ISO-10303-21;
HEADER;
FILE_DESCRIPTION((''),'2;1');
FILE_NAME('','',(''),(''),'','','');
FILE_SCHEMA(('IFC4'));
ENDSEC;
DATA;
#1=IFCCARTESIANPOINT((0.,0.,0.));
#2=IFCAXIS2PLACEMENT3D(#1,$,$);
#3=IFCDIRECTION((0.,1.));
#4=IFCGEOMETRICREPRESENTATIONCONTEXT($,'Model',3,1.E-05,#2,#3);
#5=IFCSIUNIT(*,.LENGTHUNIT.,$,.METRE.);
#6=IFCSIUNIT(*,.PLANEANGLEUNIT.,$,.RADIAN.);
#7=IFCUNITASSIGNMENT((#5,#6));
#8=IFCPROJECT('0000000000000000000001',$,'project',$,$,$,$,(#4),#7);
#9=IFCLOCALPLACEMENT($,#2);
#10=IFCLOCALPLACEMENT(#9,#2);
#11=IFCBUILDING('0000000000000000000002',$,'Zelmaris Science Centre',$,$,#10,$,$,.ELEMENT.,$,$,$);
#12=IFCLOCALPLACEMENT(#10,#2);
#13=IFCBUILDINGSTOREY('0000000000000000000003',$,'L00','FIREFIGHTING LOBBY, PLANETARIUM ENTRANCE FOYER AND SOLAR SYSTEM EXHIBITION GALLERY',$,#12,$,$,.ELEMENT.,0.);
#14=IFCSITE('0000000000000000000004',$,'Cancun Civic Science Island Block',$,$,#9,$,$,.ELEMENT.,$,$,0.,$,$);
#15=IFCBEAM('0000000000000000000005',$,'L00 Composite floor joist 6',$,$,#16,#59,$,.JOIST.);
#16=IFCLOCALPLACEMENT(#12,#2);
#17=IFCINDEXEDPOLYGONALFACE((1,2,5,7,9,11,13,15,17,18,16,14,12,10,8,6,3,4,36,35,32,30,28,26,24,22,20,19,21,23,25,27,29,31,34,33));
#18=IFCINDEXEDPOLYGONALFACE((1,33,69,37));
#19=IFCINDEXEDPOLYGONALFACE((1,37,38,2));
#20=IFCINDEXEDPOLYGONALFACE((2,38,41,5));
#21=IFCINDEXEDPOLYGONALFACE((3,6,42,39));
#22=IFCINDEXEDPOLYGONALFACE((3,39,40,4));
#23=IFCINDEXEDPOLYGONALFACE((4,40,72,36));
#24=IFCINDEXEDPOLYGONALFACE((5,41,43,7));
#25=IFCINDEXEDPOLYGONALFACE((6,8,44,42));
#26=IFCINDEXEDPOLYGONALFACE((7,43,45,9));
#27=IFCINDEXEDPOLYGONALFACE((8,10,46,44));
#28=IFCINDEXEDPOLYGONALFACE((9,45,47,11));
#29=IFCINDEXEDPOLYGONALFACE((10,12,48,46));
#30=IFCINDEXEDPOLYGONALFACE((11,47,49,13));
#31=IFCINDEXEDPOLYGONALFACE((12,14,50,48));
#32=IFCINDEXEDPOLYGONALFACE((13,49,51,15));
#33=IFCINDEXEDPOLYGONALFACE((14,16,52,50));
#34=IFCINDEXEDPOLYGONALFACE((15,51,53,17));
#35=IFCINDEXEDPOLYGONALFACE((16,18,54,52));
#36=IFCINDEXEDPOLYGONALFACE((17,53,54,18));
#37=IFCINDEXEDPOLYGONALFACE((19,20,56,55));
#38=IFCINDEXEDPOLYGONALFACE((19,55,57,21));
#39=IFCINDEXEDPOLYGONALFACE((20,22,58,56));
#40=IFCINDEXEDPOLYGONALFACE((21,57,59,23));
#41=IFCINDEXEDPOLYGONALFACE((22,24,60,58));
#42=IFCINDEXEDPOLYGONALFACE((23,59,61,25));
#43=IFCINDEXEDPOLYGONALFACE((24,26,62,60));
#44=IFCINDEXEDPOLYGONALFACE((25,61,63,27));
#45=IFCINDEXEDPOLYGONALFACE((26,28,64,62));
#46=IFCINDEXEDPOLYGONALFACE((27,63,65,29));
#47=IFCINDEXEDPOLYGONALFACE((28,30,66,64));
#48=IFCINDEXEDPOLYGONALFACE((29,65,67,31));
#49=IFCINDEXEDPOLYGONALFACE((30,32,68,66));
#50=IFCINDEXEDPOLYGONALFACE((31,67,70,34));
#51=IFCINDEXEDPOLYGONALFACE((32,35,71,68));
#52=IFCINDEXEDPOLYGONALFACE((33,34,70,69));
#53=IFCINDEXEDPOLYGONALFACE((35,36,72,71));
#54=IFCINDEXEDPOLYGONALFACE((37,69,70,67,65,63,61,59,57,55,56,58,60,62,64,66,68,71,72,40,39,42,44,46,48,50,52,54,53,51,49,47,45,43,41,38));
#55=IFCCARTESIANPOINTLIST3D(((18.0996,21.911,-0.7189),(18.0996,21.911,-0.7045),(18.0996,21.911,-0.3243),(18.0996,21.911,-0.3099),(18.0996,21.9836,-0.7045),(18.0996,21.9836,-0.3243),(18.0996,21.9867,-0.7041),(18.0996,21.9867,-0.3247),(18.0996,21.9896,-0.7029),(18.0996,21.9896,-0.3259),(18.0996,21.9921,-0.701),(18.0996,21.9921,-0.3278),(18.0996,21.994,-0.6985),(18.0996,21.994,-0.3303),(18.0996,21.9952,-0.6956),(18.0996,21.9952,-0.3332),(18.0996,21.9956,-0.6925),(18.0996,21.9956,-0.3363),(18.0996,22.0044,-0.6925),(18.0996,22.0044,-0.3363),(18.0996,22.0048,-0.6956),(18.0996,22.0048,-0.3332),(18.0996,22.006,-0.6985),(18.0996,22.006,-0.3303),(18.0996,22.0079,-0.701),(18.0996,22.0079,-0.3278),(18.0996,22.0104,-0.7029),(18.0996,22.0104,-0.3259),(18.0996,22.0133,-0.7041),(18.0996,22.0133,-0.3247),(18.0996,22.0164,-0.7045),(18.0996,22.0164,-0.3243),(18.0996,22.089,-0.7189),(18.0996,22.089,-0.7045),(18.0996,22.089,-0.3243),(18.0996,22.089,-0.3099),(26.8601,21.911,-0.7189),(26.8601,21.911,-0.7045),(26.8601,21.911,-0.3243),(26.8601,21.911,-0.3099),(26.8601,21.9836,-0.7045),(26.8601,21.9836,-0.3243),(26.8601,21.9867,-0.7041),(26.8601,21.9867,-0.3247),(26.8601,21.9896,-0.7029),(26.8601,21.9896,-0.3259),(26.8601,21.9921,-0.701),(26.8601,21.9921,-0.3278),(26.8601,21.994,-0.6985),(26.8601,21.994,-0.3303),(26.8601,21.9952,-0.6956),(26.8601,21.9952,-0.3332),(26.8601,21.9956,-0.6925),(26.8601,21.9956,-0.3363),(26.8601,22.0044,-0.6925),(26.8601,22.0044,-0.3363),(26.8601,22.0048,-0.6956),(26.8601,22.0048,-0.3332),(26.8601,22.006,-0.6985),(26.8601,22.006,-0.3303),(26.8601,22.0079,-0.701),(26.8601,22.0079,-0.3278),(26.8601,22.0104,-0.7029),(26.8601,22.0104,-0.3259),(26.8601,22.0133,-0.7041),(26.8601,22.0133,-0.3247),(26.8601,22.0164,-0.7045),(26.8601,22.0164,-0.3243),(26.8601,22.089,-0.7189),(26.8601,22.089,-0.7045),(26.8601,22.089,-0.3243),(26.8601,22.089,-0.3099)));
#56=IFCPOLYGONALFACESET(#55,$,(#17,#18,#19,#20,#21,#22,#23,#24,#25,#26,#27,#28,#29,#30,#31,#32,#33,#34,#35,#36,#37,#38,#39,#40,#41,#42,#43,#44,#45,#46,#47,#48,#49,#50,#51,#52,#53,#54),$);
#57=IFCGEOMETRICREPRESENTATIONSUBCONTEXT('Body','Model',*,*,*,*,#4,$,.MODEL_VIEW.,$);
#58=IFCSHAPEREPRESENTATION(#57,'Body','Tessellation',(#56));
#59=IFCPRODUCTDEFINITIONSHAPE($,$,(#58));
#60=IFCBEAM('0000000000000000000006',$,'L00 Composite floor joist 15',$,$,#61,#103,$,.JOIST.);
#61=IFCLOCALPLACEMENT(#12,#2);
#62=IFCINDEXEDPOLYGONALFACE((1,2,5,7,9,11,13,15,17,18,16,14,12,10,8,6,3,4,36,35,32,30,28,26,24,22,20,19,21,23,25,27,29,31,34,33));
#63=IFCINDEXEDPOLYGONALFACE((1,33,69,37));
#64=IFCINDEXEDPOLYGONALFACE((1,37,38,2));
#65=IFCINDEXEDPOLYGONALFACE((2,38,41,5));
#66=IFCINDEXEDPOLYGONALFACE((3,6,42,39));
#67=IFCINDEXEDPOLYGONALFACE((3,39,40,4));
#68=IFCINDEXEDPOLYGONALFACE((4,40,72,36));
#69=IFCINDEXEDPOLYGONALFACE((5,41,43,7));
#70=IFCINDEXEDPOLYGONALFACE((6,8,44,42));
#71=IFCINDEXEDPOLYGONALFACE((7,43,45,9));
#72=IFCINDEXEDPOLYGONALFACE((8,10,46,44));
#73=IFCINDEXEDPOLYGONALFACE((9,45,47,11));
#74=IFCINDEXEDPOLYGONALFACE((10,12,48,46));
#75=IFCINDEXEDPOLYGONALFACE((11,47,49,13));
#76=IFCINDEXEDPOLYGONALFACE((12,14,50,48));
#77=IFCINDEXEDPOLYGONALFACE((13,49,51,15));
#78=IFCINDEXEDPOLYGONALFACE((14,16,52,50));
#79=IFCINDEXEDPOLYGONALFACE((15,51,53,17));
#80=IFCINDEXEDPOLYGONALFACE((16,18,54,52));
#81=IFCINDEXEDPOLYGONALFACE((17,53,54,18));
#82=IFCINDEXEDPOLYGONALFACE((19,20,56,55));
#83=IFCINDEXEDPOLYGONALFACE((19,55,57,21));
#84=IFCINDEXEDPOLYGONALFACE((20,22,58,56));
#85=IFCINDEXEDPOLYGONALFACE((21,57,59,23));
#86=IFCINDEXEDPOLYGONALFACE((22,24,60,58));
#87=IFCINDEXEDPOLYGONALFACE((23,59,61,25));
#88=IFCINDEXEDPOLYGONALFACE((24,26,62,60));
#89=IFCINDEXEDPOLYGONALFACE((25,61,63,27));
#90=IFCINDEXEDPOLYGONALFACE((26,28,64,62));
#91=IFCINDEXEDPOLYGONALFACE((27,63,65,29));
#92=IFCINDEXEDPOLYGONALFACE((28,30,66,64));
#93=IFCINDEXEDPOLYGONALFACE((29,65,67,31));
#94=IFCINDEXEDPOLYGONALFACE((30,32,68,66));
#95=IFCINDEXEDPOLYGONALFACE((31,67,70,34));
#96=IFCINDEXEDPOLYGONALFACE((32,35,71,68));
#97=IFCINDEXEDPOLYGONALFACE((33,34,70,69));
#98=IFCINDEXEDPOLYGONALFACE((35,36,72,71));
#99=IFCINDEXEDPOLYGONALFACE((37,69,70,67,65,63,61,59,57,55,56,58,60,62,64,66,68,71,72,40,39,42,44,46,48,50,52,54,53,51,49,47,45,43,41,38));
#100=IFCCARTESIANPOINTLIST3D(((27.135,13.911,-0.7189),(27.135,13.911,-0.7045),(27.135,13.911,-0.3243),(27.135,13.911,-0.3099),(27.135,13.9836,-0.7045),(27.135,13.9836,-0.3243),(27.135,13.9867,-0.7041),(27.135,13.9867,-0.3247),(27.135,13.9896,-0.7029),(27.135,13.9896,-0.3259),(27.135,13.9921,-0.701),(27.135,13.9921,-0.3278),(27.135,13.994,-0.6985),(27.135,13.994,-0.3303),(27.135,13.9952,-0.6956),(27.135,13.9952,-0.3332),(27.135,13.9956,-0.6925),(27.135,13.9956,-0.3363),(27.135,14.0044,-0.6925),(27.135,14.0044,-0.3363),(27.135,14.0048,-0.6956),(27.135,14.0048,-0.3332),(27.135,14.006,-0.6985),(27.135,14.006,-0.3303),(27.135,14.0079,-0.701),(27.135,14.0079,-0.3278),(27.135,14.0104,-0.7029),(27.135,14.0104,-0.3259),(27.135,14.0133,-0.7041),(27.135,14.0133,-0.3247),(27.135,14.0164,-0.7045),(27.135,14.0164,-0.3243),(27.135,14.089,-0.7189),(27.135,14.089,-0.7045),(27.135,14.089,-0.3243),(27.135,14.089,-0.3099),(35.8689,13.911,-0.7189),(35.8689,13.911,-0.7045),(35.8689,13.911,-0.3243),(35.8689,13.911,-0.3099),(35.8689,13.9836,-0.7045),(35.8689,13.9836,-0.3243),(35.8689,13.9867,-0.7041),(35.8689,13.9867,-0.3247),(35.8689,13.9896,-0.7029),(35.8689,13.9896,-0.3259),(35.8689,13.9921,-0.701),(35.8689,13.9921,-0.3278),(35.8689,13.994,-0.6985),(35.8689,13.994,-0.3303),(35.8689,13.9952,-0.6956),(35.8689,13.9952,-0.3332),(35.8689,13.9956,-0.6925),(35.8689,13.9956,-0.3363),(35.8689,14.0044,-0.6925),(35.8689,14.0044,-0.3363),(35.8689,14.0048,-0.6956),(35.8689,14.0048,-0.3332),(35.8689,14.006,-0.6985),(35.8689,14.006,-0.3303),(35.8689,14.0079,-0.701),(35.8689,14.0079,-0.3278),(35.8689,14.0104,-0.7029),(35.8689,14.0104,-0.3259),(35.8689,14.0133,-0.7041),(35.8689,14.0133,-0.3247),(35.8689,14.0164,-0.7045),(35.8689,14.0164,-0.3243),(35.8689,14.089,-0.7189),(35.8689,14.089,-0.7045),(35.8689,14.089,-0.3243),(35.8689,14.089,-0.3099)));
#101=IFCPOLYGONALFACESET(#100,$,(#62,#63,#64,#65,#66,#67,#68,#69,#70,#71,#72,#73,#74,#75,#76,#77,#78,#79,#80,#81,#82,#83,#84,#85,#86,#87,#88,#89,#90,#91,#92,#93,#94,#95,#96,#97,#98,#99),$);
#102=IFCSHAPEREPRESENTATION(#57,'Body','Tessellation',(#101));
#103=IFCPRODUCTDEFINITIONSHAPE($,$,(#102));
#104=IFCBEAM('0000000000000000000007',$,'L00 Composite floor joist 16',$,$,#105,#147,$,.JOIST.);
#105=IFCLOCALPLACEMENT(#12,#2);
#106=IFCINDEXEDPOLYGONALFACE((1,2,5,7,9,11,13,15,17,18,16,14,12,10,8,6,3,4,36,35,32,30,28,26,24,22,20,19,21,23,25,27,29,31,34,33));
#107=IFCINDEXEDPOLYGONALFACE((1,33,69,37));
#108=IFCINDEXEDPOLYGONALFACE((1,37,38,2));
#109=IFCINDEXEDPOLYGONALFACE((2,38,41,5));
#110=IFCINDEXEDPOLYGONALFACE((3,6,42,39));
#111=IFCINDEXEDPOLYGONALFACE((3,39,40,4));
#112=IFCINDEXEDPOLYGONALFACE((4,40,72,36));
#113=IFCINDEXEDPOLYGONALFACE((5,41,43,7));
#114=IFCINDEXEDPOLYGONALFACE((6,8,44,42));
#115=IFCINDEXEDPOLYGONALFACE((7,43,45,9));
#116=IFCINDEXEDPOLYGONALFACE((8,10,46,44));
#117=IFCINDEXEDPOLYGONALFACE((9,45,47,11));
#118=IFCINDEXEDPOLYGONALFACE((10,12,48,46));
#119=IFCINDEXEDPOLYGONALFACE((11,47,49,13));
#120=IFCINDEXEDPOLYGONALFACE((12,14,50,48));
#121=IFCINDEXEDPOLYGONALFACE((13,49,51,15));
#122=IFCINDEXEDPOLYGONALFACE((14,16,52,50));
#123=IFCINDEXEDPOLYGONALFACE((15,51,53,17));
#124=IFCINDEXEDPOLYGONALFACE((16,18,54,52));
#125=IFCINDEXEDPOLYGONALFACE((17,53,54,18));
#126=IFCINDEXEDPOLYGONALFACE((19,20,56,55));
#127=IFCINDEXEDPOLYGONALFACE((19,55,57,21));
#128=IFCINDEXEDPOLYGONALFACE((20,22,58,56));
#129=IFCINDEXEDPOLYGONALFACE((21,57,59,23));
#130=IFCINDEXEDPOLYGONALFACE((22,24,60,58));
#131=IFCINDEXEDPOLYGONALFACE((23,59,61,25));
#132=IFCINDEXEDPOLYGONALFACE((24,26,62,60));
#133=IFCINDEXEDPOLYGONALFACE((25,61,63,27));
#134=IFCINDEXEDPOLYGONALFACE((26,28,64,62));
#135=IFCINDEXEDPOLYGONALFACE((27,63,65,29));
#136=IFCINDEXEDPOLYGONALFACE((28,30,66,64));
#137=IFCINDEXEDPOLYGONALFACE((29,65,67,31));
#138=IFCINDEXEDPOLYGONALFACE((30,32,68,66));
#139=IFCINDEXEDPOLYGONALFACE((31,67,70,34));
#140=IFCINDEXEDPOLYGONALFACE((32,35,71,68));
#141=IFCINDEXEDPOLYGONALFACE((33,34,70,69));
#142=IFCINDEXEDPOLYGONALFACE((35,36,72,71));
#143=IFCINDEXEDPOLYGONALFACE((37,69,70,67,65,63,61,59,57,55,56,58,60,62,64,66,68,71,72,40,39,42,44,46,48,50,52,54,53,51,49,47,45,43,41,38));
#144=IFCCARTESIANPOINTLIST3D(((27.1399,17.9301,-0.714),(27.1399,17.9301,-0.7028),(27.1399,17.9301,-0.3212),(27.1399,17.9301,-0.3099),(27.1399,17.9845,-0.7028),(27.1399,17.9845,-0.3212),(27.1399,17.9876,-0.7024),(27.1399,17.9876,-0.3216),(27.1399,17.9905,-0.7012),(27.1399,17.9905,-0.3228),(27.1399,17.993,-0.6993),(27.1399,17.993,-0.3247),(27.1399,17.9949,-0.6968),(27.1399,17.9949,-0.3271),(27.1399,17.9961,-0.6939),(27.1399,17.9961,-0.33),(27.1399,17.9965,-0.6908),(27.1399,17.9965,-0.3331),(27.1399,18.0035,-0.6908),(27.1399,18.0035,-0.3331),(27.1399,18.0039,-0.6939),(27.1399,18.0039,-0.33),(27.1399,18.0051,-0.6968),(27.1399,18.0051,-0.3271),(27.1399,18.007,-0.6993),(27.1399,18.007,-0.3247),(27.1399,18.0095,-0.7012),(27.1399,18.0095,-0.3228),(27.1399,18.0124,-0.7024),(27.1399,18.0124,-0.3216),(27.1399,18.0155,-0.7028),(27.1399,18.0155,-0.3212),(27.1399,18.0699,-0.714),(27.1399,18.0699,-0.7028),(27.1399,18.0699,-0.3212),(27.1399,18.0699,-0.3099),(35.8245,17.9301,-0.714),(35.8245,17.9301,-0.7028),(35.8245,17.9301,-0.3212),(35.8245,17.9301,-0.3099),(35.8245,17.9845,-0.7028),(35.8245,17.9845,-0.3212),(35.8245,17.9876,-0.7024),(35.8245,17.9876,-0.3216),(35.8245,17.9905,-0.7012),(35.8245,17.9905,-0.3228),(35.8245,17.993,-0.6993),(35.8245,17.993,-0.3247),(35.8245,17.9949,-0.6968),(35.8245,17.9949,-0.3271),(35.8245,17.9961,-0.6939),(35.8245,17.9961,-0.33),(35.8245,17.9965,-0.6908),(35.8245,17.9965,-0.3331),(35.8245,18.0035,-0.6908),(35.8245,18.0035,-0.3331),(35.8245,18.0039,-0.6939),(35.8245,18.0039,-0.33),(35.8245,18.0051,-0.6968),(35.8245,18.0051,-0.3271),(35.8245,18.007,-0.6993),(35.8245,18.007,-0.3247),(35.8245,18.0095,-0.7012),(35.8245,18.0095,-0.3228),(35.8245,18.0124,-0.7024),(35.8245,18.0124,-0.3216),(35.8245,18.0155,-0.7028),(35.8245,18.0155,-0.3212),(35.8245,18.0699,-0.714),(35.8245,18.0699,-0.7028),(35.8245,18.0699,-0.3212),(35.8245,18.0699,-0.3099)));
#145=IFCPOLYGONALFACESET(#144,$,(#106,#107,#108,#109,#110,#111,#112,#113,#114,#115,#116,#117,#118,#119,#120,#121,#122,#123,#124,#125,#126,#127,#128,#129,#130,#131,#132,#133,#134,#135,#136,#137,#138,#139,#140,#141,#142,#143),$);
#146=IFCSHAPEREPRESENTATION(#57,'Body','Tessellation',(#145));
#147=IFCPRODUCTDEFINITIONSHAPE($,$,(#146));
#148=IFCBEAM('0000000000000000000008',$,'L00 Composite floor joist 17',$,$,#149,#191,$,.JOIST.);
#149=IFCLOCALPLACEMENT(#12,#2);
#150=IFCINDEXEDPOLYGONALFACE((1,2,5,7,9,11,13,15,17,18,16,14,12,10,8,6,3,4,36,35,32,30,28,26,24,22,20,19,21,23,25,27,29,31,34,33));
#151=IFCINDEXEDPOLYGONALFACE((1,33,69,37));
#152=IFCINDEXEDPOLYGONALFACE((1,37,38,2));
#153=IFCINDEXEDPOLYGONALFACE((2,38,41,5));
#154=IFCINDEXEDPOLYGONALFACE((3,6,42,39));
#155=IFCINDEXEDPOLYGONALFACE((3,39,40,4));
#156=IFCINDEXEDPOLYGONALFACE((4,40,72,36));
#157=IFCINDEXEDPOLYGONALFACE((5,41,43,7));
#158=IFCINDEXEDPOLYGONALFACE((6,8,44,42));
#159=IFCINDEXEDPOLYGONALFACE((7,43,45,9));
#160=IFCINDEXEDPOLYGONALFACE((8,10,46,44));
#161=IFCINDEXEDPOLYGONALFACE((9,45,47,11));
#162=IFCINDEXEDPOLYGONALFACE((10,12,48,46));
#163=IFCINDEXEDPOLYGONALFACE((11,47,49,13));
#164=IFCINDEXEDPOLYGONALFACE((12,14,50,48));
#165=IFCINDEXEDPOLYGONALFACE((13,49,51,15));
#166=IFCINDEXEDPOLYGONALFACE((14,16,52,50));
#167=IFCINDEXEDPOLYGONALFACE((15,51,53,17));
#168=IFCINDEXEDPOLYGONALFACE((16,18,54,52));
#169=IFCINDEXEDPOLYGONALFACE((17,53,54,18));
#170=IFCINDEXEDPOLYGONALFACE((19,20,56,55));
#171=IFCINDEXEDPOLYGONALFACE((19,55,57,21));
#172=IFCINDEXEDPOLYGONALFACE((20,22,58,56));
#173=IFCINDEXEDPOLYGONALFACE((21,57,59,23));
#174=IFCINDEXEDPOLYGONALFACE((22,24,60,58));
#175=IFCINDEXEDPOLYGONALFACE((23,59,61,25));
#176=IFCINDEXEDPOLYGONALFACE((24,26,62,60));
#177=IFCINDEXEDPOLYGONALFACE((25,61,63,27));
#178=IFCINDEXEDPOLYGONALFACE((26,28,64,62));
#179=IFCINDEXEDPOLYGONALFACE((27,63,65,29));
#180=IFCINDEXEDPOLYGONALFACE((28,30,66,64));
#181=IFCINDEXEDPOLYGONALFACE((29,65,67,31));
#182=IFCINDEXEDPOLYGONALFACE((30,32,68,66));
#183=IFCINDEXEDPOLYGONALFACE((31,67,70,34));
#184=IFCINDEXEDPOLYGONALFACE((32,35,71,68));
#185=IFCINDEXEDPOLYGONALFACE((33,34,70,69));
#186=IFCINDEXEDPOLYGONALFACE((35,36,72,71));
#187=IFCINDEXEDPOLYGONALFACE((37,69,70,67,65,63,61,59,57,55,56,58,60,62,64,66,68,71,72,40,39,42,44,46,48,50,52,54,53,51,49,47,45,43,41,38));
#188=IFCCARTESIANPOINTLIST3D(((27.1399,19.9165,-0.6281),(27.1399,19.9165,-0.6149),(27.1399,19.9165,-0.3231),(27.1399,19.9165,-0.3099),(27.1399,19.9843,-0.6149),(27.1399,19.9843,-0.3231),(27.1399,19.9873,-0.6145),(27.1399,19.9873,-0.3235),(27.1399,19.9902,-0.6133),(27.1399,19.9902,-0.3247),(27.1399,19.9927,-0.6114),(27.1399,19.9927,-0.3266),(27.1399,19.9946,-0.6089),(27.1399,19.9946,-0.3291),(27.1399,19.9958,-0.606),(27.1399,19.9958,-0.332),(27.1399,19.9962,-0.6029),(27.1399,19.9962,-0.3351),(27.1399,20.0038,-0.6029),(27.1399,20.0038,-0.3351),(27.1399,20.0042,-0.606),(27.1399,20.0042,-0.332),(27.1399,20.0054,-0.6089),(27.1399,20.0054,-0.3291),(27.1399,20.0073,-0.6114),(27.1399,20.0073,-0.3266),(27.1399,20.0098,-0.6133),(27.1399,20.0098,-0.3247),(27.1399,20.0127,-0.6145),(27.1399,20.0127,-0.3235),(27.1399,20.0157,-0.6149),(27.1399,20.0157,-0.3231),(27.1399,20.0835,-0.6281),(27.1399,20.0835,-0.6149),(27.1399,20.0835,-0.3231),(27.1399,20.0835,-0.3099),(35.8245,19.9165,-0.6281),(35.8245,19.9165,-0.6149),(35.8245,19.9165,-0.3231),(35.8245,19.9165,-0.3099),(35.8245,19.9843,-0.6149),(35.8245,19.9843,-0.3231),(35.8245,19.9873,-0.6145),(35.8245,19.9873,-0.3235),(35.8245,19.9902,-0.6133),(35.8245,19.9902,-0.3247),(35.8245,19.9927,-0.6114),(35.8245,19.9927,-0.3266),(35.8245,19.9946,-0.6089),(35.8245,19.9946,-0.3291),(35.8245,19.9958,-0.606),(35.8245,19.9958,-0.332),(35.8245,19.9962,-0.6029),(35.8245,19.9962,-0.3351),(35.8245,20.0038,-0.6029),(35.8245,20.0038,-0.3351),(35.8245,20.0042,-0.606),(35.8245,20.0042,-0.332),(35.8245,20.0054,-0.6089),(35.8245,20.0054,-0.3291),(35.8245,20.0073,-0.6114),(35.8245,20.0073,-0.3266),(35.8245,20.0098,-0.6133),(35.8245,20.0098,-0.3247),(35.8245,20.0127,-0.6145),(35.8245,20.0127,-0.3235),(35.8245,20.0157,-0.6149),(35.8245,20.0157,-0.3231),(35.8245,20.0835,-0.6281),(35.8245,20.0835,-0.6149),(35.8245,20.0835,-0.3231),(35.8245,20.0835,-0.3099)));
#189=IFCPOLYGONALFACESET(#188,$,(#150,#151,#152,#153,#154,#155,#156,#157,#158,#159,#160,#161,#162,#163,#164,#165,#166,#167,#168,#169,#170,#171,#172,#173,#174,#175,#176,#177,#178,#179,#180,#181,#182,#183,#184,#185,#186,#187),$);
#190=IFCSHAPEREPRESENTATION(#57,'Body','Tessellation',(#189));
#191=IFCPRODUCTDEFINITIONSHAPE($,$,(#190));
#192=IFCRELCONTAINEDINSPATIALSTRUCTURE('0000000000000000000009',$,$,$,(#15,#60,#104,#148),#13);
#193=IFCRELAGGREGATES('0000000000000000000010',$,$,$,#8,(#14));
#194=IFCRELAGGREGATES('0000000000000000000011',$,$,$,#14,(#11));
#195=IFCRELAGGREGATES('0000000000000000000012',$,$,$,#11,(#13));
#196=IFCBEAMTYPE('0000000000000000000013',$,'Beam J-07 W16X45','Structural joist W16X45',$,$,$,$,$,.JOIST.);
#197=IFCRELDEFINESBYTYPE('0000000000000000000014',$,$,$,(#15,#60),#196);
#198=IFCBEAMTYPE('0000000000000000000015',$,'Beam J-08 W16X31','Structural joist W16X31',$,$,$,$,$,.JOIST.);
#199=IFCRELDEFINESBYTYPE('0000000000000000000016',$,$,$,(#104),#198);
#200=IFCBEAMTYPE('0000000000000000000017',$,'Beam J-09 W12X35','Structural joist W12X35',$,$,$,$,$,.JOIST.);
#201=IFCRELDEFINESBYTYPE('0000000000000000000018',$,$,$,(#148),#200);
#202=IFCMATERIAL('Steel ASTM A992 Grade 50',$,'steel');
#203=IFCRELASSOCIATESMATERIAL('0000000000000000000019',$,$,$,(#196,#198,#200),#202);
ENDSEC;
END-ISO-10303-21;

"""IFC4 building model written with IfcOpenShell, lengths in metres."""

from ifc_helpers import new_model, si_unit, direction, frame, origin, origin_2d, place, context, subcontext, project, spatial, i_section, extrude, material, material_profile, profile_set, type_object, element, save


model = new_model("IFC4")

# Units and contexts
model_context = context("Model", 3, precision=1e-05, world=origin(), true_north=direction((0.0, 1.0)))
body_context = subcontext(model_context, "Body", "Model", "MODEL_VIEW")
ifc_project = project(units=[si_unit("LENGTHUNIT", "METRE"), si_unit("PLANEANGLEUNIT", "RADIAN")], contexts=[model_context])

# Site, building, storey
site_placement = place(None, origin())
site = spatial("IfcSite", under=ifc_project, at=site_placement, Name="Cancun Civic Science Island Block", CompositionType="ELEMENT", RefElevation=0.0)
building_placement = place(site_placement, origin())
building = spatial("IfcBuilding", under=site, at=building_placement, Name="Zelmaris Science Centre", CompositionType="ELEMENT")
storey_placement = place(building_placement, origin())
storey = spatial("IfcBuildingStorey", under=building, at=storey_placement, Name="L00", Description="FIREFIGHTING LOBBY, PLANETARIUM ENTRANCE FOYER AND SOLAR SYSTEM EXHIBITION GALLERY", CompositionType="ELEMENT", Elevation=0.0)

# Shared definitions
ifc_material_1 = material(Name="Steel ASTM A992 Grade 50", Category="steel")

# Beams
ifc_material_profile_1 = material_profile(ifc_material_1, i_section(OverallWidth=0.178, OverallDepth=0.4089, WebThickness=0.0088, FlangeThickness=0.0144, FilletRadius=0.012, at=origin_2d()), Name="W16X45")
ifc_profile_set_1 = profile_set([ifc_material_profile_1], Name="Steel ASTM A992 Grade 50")
beam_type_1 = type_object("IfcBeamType", Name="Beam J-07 W16X45", Description="Structural joist W16X45", PredefinedType="JOIST", material=ifc_profile_set_1)
beam_1_placement = place(storey_placement, frame((18.0996, 22.0, -0.5144), z_axis=(1.0, 0.0, 0.0), x_axis=(0.0, 1.0, 0.0)))
element("IfcBeam", 1, at=beam_1_placement, inside=storey, type_object=beam_type_1, Name="L00 Composite floor joist 6", PredefinedType="JOIST", context=body_context, shape_type="SweptSolid", body=[
    extrude(i_section(OverallWidth=0.178, OverallDepth=0.4089, WebThickness=0.0088, FlangeThickness=0.0144, FilletRadius=0.012, at=origin_2d()), origin(), (0.0, 0.0, 1.0), 8.7605),
])
beam_2_placement = place(storey_placement, frame((27.135, 14.0, -0.5144), z_axis=(1.0, 0.0, 0.0), x_axis=(0.0, 1.0, 0.0)))
element("IfcBeam", 2, at=beam_2_placement, inside=storey, type_object=beam_type_1, Name="L00 Composite floor joist 15", PredefinedType="JOIST", context=body_context, shape_type="SweptSolid", body=[
    extrude(i_section(OverallWidth=0.178, OverallDepth=0.4089, WebThickness=0.0088, FlangeThickness=0.0144, FilletRadius=0.012, at=origin_2d()), origin(), (0.0, 0.0, 1.0), 8.7339),
])
ifc_material_profile_2 = material_profile(ifc_material_1, i_section(OverallWidth=0.1399, OverallDepth=0.4041, WebThickness=0.0071, FlangeThickness=0.0112, FilletRadius=0.012, at=origin_2d()), Name="W16X31")
ifc_profile_set_2 = profile_set([ifc_material_profile_2], Name="Steel ASTM A992 Grade 50")
beam_type_2 = type_object("IfcBeamType", Name="Beam J-08 W16X31", Description="Structural joist W16X31", PredefinedType="JOIST", material=ifc_profile_set_2)
beam_3_placement = place(storey_placement, frame((27.1399, 18.0, -0.512), z_axis=(1.0, 0.0, 0.0), x_axis=(0.0, 1.0, 0.0)))
element("IfcBeam", 3, at=beam_3_placement, inside=storey, type_object=beam_type_2, Name="L00 Composite floor joist 16", PredefinedType="JOIST", context=body_context, shape_type="SweptSolid", body=[
    extrude(i_section(OverallWidth=0.1399, OverallDepth=0.4041, WebThickness=0.0071, FlangeThickness=0.0112, FilletRadius=0.012, at=origin_2d()), origin(), (0.0, 0.0, 1.0), 8.6846),
])
ifc_material_profile_3 = material_profile(ifc_material_1, i_section(OverallWidth=0.167, OverallDepth=0.3181, WebThickness=0.0076, FlangeThickness=0.0132, FilletRadius=0.012, at=origin_2d()), Name="W12X35")
ifc_profile_set_3 = profile_set([ifc_material_profile_3], Name="Steel ASTM A992 Grade 50")
beam_type_3 = type_object("IfcBeamType", Name="Beam J-09 W12X35", Description="Structural joist W12X35", PredefinedType="JOIST", material=ifc_profile_set_3)
beam_4_placement = place(storey_placement, frame((27.1399, 20.0, -0.469), z_axis=(1.0, 0.0, 0.0), x_axis=(0.0, 1.0, 0.0)))
element("IfcBeam", 4, at=beam_4_placement, inside=storey, type_object=beam_type_3, Name="L00 Composite floor joist 17", PredefinedType="JOIST", context=body_context, shape_type="SweptSolid", body=[
    extrude(i_section(OverallWidth=0.167, OverallDepth=0.3181, WebThickness=0.0076, FlangeThickness=0.0132, FilletRadius=0.012, at=origin_2d()), origin(), (0.0, 0.0, 1.0), 8.6846),
])

save(model, "model.ifc")
